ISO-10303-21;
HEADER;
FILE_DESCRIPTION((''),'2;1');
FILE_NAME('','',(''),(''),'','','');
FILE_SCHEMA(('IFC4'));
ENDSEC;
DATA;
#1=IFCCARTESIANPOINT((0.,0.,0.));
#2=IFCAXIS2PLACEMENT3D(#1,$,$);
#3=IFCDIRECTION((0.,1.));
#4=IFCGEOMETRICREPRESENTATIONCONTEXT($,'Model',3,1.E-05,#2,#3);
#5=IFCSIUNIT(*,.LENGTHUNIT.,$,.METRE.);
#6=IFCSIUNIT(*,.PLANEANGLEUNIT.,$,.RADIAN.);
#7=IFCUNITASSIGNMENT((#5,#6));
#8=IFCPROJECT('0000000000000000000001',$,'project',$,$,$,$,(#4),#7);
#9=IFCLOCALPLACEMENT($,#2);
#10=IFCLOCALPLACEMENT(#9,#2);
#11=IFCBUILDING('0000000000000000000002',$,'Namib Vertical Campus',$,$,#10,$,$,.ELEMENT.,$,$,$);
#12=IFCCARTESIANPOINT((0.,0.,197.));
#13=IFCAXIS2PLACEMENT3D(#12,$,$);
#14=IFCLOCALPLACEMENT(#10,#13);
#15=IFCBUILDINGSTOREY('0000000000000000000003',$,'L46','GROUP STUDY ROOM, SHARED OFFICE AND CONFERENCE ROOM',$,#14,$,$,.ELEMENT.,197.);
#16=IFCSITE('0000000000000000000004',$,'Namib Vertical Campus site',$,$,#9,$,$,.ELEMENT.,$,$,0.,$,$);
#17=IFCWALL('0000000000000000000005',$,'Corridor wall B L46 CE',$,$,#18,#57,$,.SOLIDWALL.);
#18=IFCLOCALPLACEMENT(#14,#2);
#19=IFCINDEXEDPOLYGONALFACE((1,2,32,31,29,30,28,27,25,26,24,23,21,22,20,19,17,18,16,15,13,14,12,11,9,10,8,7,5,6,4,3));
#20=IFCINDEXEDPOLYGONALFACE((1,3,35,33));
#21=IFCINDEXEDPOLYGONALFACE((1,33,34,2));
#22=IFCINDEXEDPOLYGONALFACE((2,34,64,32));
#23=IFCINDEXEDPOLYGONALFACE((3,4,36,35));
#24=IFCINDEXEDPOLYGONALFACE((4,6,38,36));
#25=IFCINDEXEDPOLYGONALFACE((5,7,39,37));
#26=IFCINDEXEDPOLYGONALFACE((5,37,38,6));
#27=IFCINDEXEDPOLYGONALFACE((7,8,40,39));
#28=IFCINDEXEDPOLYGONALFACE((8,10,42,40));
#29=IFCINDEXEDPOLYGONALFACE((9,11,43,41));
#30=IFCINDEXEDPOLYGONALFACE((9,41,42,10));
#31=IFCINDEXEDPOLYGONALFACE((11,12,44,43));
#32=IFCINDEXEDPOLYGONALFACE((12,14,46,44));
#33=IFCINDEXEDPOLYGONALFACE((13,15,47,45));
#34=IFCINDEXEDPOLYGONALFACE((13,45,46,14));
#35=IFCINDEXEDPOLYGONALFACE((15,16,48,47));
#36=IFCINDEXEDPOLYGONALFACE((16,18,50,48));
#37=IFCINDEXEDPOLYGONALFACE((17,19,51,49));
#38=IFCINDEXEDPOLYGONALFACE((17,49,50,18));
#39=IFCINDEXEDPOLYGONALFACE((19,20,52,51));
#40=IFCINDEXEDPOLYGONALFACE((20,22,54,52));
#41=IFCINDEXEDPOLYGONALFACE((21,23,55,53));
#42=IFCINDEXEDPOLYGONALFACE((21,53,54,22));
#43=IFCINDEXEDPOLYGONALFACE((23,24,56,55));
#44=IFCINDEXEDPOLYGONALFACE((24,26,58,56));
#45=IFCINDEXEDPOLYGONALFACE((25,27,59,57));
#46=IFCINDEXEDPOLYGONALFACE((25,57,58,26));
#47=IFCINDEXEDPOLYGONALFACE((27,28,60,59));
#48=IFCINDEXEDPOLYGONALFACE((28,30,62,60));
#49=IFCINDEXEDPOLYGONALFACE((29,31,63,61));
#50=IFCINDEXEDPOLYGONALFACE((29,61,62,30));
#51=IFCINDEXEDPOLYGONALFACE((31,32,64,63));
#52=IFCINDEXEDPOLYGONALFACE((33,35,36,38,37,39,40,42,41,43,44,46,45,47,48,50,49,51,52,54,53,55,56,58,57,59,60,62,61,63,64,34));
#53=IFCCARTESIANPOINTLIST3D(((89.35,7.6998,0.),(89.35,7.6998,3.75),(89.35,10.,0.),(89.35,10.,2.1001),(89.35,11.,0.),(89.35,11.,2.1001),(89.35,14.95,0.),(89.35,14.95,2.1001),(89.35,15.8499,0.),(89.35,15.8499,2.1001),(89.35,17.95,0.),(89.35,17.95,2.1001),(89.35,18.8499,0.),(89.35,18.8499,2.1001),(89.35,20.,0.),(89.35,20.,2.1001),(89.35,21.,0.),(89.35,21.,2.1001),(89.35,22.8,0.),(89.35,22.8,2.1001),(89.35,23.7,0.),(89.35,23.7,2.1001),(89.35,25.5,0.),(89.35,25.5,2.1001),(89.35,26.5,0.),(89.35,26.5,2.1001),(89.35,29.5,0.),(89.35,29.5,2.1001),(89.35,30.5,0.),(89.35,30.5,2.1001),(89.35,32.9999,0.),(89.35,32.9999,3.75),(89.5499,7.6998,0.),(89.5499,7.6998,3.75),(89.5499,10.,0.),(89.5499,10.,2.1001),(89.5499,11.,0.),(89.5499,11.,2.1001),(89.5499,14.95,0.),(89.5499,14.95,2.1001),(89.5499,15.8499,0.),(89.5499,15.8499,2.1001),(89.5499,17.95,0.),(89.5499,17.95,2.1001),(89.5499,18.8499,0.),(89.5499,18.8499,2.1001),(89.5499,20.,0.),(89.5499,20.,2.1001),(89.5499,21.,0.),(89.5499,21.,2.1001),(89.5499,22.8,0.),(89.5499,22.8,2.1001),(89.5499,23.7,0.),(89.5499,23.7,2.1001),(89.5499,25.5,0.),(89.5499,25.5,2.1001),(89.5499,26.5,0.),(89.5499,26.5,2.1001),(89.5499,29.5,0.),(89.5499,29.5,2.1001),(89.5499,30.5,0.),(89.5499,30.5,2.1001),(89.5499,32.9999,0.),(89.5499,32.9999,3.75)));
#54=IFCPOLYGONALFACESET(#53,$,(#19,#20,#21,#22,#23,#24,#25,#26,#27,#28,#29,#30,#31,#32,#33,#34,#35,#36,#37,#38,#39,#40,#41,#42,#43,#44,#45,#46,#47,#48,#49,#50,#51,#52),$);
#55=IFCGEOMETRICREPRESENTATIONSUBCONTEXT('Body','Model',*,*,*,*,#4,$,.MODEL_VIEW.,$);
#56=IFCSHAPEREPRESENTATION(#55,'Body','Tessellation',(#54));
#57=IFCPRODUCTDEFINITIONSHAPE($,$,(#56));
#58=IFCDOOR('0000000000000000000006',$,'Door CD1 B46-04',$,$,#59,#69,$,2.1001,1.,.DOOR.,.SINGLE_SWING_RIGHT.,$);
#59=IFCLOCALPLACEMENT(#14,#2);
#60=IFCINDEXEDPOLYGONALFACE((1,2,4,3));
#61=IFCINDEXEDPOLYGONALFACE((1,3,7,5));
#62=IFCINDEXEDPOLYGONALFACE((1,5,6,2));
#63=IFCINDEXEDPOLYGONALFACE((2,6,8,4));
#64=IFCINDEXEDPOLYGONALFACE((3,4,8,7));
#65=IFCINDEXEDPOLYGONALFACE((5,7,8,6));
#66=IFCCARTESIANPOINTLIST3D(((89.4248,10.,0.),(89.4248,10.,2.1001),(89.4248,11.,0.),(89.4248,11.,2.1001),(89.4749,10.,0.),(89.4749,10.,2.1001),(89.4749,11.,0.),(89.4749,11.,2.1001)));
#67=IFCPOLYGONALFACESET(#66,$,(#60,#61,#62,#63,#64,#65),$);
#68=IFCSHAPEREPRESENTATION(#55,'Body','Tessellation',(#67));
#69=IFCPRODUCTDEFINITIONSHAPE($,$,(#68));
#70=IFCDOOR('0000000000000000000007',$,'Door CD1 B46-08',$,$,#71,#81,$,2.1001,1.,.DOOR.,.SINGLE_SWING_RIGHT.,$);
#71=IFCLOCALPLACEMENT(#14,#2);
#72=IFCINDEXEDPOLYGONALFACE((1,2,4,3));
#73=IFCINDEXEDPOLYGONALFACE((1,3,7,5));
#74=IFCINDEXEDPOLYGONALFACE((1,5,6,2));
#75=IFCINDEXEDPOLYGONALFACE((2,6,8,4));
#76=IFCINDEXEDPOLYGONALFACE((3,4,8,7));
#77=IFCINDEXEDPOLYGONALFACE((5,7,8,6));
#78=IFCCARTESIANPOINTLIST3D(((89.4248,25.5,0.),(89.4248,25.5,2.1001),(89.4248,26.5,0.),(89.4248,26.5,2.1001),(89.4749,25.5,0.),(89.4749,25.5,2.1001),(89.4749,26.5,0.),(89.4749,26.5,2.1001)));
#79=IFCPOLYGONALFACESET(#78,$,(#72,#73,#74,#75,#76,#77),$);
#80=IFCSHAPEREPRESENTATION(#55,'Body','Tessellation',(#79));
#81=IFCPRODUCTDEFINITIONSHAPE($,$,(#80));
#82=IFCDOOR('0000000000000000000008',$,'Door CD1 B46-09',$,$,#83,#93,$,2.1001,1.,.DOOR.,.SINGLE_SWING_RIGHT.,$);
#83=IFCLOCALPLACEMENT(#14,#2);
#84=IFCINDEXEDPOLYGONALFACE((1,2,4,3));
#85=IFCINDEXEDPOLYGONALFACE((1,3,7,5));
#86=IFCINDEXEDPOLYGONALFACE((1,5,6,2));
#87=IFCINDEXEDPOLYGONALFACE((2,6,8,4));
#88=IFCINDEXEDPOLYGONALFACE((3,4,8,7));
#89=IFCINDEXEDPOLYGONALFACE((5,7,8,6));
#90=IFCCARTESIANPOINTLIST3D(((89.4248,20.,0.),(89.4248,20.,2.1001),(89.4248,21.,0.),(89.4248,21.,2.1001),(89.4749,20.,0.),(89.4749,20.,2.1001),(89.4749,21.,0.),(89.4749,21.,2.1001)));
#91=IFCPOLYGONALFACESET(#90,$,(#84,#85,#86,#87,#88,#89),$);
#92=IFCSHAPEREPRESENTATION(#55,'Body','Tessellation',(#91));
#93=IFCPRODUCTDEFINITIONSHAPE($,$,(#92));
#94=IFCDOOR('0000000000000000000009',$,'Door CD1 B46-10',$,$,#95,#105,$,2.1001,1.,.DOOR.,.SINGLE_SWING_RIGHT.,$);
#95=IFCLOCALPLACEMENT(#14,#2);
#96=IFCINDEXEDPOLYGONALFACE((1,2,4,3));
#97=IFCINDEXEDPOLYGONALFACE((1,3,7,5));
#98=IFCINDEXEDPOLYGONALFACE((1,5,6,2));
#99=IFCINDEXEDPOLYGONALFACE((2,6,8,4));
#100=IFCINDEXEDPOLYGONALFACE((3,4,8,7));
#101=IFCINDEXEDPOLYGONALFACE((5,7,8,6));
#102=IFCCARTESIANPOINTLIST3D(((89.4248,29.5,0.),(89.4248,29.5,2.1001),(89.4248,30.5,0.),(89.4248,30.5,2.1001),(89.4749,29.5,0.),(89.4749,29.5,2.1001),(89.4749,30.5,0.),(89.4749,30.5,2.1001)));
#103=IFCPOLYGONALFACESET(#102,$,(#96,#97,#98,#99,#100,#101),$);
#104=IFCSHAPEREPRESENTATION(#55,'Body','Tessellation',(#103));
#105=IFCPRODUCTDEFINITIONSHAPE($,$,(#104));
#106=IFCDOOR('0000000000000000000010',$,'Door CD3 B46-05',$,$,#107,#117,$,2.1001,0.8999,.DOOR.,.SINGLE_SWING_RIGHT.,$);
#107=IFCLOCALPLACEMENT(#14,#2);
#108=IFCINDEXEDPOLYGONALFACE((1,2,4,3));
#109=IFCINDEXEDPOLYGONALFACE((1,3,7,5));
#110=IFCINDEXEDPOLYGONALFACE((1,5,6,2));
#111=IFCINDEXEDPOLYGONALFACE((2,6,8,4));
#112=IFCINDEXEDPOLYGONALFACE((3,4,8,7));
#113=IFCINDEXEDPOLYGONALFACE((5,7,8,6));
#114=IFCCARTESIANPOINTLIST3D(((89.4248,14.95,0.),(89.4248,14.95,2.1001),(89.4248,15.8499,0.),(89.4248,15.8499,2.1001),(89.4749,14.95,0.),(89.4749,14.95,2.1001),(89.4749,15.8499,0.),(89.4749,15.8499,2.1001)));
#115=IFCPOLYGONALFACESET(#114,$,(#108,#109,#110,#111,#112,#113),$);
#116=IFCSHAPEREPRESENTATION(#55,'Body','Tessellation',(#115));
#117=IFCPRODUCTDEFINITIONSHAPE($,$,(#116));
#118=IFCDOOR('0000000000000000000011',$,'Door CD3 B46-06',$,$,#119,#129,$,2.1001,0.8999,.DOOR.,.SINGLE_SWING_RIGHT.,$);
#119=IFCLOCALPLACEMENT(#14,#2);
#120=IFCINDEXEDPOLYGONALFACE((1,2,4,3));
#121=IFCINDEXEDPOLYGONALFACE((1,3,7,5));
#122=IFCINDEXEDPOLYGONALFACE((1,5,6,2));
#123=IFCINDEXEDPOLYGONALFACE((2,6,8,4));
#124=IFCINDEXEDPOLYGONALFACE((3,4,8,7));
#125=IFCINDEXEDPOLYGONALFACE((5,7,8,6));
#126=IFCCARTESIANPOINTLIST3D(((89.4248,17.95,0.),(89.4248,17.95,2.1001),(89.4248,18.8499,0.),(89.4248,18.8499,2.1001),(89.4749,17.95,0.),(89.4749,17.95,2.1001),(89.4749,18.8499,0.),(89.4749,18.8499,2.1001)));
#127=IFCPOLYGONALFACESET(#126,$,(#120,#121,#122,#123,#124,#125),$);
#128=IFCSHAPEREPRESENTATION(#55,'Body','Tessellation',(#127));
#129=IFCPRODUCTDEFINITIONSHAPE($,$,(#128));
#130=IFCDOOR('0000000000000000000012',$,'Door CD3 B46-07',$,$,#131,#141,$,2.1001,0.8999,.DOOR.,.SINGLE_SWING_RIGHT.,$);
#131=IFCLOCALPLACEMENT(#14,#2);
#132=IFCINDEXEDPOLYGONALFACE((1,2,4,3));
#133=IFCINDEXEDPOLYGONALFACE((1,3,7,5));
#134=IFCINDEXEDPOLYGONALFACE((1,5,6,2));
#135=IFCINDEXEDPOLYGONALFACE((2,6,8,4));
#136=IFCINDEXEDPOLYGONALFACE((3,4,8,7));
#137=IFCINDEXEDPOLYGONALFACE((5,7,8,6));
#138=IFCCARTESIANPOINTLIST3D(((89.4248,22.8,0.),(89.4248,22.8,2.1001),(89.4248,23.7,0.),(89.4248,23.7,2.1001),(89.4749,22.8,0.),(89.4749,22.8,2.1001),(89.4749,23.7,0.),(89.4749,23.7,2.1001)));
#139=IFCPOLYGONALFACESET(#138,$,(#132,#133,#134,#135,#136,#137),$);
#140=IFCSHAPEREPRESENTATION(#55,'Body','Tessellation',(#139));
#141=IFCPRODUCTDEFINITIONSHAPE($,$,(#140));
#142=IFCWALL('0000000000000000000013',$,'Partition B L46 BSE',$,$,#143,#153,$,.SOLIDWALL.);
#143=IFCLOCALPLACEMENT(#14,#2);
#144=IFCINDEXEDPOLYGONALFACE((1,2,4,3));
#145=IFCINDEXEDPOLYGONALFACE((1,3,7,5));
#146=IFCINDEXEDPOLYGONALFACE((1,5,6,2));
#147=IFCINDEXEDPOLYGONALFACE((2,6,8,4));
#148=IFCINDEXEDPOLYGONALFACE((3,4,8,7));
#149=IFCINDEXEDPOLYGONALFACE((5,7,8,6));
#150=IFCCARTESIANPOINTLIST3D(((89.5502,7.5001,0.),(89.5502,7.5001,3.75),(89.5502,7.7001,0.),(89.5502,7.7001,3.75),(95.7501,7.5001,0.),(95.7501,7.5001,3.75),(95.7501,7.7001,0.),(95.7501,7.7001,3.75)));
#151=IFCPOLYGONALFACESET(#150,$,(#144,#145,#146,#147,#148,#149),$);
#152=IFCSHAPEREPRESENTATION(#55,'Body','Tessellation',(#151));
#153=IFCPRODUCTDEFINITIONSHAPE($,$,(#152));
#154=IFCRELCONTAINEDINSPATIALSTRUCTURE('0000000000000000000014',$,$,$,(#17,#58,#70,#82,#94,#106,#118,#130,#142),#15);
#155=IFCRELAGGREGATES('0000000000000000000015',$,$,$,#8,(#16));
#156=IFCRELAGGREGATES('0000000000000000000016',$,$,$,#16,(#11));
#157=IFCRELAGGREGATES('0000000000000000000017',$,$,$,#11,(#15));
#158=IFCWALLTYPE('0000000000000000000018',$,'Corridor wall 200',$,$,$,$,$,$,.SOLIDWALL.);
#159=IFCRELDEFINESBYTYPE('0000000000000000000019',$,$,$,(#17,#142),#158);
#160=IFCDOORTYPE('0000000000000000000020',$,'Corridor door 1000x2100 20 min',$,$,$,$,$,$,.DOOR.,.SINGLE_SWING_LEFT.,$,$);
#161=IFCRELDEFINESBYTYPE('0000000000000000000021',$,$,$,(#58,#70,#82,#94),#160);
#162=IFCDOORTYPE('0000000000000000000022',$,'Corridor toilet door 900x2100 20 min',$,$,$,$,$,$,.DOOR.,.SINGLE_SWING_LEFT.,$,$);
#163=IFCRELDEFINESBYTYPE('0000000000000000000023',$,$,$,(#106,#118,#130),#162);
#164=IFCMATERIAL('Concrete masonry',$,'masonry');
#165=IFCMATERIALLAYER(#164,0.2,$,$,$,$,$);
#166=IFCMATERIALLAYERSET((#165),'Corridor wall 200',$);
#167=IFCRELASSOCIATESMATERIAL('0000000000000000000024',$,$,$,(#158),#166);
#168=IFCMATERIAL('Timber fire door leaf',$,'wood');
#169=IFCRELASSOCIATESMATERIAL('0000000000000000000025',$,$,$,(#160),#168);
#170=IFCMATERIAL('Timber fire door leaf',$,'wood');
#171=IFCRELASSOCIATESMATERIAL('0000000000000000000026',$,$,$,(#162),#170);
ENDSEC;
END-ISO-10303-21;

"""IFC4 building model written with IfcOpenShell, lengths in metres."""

from ifc_helpers import new_model, si_unit, direction, frame, frame_2d, origin, place, context, subcontext, project, spatial, rectangle, extrude, material, layer, layer_set, type_object, element, fill, save


model = new_model("IFC4")

# Units and contexts
model_context = context("Model", 3, precision=1e-05, world=origin(), true_north=direction((0.0, 1.0)))
body_context = subcontext(model_context, "Body", "Model", "MODEL_VIEW")
ifc_project = project(units=[si_unit("LENGTHUNIT", "METRE"), si_unit("PLANEANGLEUNIT", "RADIAN")], contexts=[model_context])

# Site, building, storey
site_placement = place(None, origin())
site = spatial("IfcSite", under=ifc_project, at=site_placement, Name="Namib Vertical Campus site", CompositionType="ELEMENT", RefElevation=0.0)
building_placement = place(site_placement, origin())
building = spatial("IfcBuilding", under=site, at=building_placement, Name="Namib Vertical Campus", CompositionType="ELEMENT")
storey_placement = place(building_placement, frame((0.0, 0.0, 197.0)))
storey = spatial("IfcBuildingStorey", under=building, at=storey_placement, Name="L46", Description="GROUP STUDY ROOM, SHARED OFFICE AND CONFERENCE ROOM", CompositionType="ELEMENT", Elevation=197.0)

# Wall, openings, doors
ifc_material_1 = material(Name="Concrete masonry", Category="masonry")
ifc_layer_1 = layer(ifc_material_1, 0.2)
ifc_layer_set_1 = layer_set([ifc_layer_1], Name="Corridor wall 200")
wall_type_1 = type_object("IfcWallType", Name="Corridor wall 200", PredefinedType="SOLIDWALL", material=ifc_layer_set_1)
wall_1_placement = place(storey_placement, frame((89.45, 7.7, 0.0), z_axis=(0.0, 0.0, 1.0), x_axis=(0.0, 1.0, 0.0)))
wall_1 = element("IfcWall", 1, at=wall_1_placement, inside=storey, type_object=wall_type_1, Name="Corridor wall B L46 CE", PredefinedType="SOLIDWALL", context=body_context, shape_type="SweptSolid", body=[
    extrude(rectangle(XDim=25.3, YDim=0.2, at=frame_2d((12.6499, 0.0))), origin(), (0.0, 0.0, 1.0), 3.75),
])
opening_1_placement = place(wall_1_placement, frame((2.3, 0.0, 0.0)))
opening_1 = element("IfcOpeningElement", 2, at=opening_1_placement, cuts=wall_1, PredefinedType="OPENING", context=body_context, shape_type="SweptSolid", body=[
    extrude(rectangle(XDim=1.0, YDim=2.1001, at=frame_2d((0.5, 1.05))), frame((0.0, 0.1099, 0.0), z_axis=(0.0, -1.0, 0.0), x_axis=(1.0, 0.0, 0.0)), (0.0, 0.0, 1.0), 0.22),
])
opening_2_placement = place(wall_1_placement, frame((7.25, 0.0, 0.0)))
opening_2 = element("IfcOpeningElement", 3, at=opening_2_placement, cuts=wall_1, PredefinedType="OPENING", context=body_context, shape_type="SweptSolid", body=[
    extrude(rectangle(XDim=0.8999, YDim=2.1001, at=frame_2d((0.45, 1.05))), frame((0.0, 0.1099, 0.0), z_axis=(0.0, -1.0, 0.0), x_axis=(1.0, 0.0, 0.0)), (0.0, 0.0, 1.0), 0.22),
])
opening_3_placement = place(wall_1_placement, frame((10.25, 0.0, 0.0)))
opening_3 = element("IfcOpeningElement", 4, at=opening_3_placement, cuts=wall_1, PredefinedType="OPENING", context=body_context, shape_type="SweptSolid", body=[
    extrude(rectangle(XDim=0.8999, YDim=2.1001, at=frame_2d((0.45, 1.05))), frame((0.0, 0.1099, 0.0), z_axis=(0.0, -1.0, 0.0), x_axis=(1.0, 0.0, 0.0)), (0.0, 0.0, 1.0), 0.22),
])
opening_4_placement = place(wall_1_placement, frame((15.1001, 0.0, 0.0)))
opening_4 = element("IfcOpeningElement", 5, at=opening_4_placement, cuts=wall_1, PredefinedType="OPENING", context=body_context, shape_type="SweptSolid", body=[
    extrude(rectangle(XDim=0.8999, YDim=2.1001, at=frame_2d((0.45, 1.05))), frame((0.0, 0.1099, 0.0), z_axis=(0.0, -1.0, 0.0), x_axis=(1.0, 0.0, 0.0)), (0.0, 0.0, 1.0), 0.22),
])
opening_5_placement = place(wall_1_placement, frame((17.8, 0.0, 0.0)))
opening_5 = element("IfcOpeningElement", 6, at=opening_5_placement, cuts=wall_1, PredefinedType="OPENING", context=body_context, shape_type="SweptSolid", body=[
    extrude(rectangle(XDim=1.0, YDim=2.1001, at=frame_2d((0.5, 1.05))), frame((0.0, 0.1099, 0.0), z_axis=(0.0, -1.0, 0.0), x_axis=(1.0, 0.0, 0.0)), (0.0, 0.0, 1.0), 0.22),
])
opening_6_placement = place(wall_1_placement, frame((12.3, 0.0, 0.0)))
opening_6 = element("IfcOpeningElement", 7, at=opening_6_placement, cuts=wall_1, PredefinedType="OPENING", context=body_context, shape_type="SweptSolid", body=[
    extrude(rectangle(XDim=1.0, YDim=2.1001, at=frame_2d((0.5, 1.05))), frame((0.0, 0.1099, 0.0), z_axis=(0.0, -1.0, 0.0), x_axis=(1.0, 0.0, 0.0)), (0.0, 0.0, 1.0), 0.22),
])
opening_7_placement = place(wall_1_placement, frame((21.8, 0.0, 0.0)))
opening_7 = element("IfcOpeningElement", 8, at=opening_7_placement, cuts=wall_1, PredefinedType="OPENING", context=body_context, shape_type="SweptSolid", body=[
    extrude(rectangle(XDim=1.0, YDim=2.1001, at=frame_2d((0.5, 1.05))), frame((0.0, 0.1099, 0.0), z_axis=(0.0, -1.0, 0.0), x_axis=(1.0, 0.0, 0.0)), (0.0, 0.0, 1.0), 0.22),
])
ifc_material_2 = material(Name="Timber fire door leaf", Category="wood")
door_type_1 = type_object("IfcDoorType", Name="Corridor door 1000x2100 20 min", OperationType="SINGLE_SWING_LEFT", PredefinedType="DOOR", material=ifc_material_2)
door_1_placement = place(opening_1_placement, frame((1.0, 0.0, 0.0), z_axis=(0.0, 0.0, 1.0), x_axis=(-1.0, 0.0, 0.0)))
door_1 = element("IfcDoor", 9, at=door_1_placement, inside=storey, type_object=door_type_1, Name="Door CD1 B46-04", OperationType="SINGLE_SWING_RIGHT", OverallHeight=2.1001, OverallWidth=1.0, PredefinedType="DOOR", context=body_context, shape_type="SweptSolid", body=[
    extrude(rectangle(XDim=1.0, YDim=2.1001, at=frame_2d((0.5, 1.05))), frame((0.0, 0.0249, 0.0), z_axis=(0.0, -1.0, 0.0), x_axis=(1.0, 0.0, 0.0)), (0.0, 0.0, 1.0), 0.05),
])
fill(opening_1, door_1)
door_2_placement = place(opening_5_placement, frame((1.0, 0.0, 0.0), z_axis=(0.0, 0.0, 1.0), x_axis=(-1.0, 0.0, 0.0)))
door_2 = element("IfcDoor", 10, at=door_2_placement, inside=storey, type_object=door_type_1, Name="Door CD1 B46-08", OperationType="SINGLE_SWING_RIGHT", OverallHeight=2.1001, OverallWidth=1.0, PredefinedType="DOOR", context=body_context, shape_type="SweptSolid", body=[
    extrude(rectangle(XDim=1.0, YDim=2.1001, at=frame_2d((0.5, 1.05))), frame((0.0, 0.0249, 0.0), z_axis=(0.0, -1.0, 0.0), x_axis=(1.0, 0.0, 0.0)), (0.0, 0.0, 1.0), 0.05),
])
fill(opening_5, door_2)
door_3_placement = place(opening_6_placement, frame((1.0, 0.0, 0.0), z_axis=(0.0, 0.0, 1.0), x_axis=(-1.0, 0.0, 0.0)))
door_3 = element("IfcDoor", 11, at=door_3_placement, inside=storey, type_object=door_type_1, Name="Door CD1 B46-09", OperationType="SINGLE_SWING_RIGHT", OverallHeight=2.1001, OverallWidth=1.0, PredefinedType="DOOR", context=body_context, shape_type="SweptSolid", body=[
    extrude(rectangle(XDim=1.0, YDim=2.1001, at=frame_2d((0.5, 1.05))), frame((0.0, 0.0249, 0.0), z_axis=(0.0, -1.0, 0.0), x_axis=(1.0, 0.0, 0.0)), (0.0, 0.0, 1.0), 0.05),
])
fill(opening_6, door_3)
door_4_placement = place(opening_7_placement, frame((1.0, 0.0, 0.0), z_axis=(0.0, 0.0, 1.0), x_axis=(-1.0, 0.0, 0.0)))
door_4 = element("IfcDoor", 12, at=door_4_placement, inside=storey, type_object=door_type_1, Name="Door CD1 B46-10", OperationType="SINGLE_SWING_RIGHT", OverallHeight=2.1001, OverallWidth=1.0, PredefinedType="DOOR", context=body_context, shape_type="SweptSolid", body=[
    extrude(rectangle(XDim=1.0, YDim=2.1001, at=frame_2d((0.5, 1.05))), frame((0.0, 0.0249, 0.0), z_axis=(0.0, -1.0, 0.0), x_axis=(1.0, 0.0, 0.0)), (0.0, 0.0, 1.0), 0.05),
])
fill(opening_7, door_4)
ifc_material_3 = material(Name="Timber fire door leaf", Category="wood")
door_type_2 = type_object("IfcDoorType", Name="Corridor toilet door 900x2100 20 min", OperationType="SINGLE_SWING_LEFT", PredefinedType="DOOR", material=ifc_material_3)
door_5_placement = place(opening_2_placement, frame((0.8999, 0.0, 0.0), z_axis=(0.0, 0.0, 1.0), x_axis=(-1.0, 0.0, 0.0)))
door_5 = element("IfcDoor", 13, at=door_5_placement, inside=storey, type_object=door_type_2, Name="Door CD3 B46-05", OperationType="SINGLE_SWING_RIGHT", OverallHeight=2.1001, OverallWidth=0.8999, PredefinedType="DOOR", context=body_context, shape_type="SweptSolid", body=[
    extrude(rectangle(XDim=0.8999, YDim=2.1001, at=frame_2d((0.45, 1.05))), frame((0.0, 0.0249, 0.0), z_axis=(0.0, -1.0, 0.0), x_axis=(1.0, 0.0, 0.0)), (0.0, 0.0, 1.0), 0.05),
])
fill(opening_2, door_5)
door_6_placement = place(opening_3_placement, frame((0.8999, 0.0, 0.0), z_axis=(0.0, 0.0, 1.0), x_axis=(-1.0, 0.0, 0.0)))
door_6 = element("IfcDoor", 14, at=door_6_placement, inside=storey, type_object=door_type_2, Name="Door CD3 B46-06", OperationType="SINGLE_SWING_RIGHT", OverallHeight=2.1001, OverallWidth=0.8999, PredefinedType="DOOR", context=body_context, shape_type="SweptSolid", body=[
    extrude(rectangle(XDim=0.8999, YDim=2.1001, at=frame_2d((0.45, 1.05))), frame((0.0, 0.0249, 0.0), z_axis=(0.0, -1.0, 0.0), x_axis=(1.0, 0.0, 0.0)), (0.0, 0.0, 1.0), 0.05),
])
fill(opening_3, door_6)
door_7_placement = place(opening_4_placement, frame((0.8999, 0.0, 0.0), z_axis=(0.0, 0.0, 1.0), x_axis=(-1.0, 0.0, 0.0)))
door_7 = element("IfcDoor", 15, at=door_7_placement, inside=storey, type_object=door_type_2, Name="Door CD3 B46-07", OperationType="SINGLE_SWING_RIGHT", OverallHeight=2.1001, OverallWidth=0.8999, PredefinedType="DOOR", context=body_context, shape_type="SweptSolid", body=[
    extrude(rectangle(XDim=0.8999, YDim=2.1001, at=frame_2d((0.45, 1.05))), frame((0.0, 0.0249, 0.0), z_axis=(0.0, -1.0, 0.0), x_axis=(1.0, 0.0, 0.0)), (0.0, 0.0, 1.0), 0.05),
])
fill(opening_4, door_7)

# Wall
wall_2_placement = place(storey_placement, frame((89.55, 7.6001, 0.0), z_axis=(0.0, 0.0, 1.0), x_axis=(1.0, 0.0, 0.0)))
element("IfcWall", 16, at=wall_2_placement, inside=storey, type_object=wall_type_1, Name="Partition B L46 BSE", PredefinedType="SOLIDWALL", context=body_context, shape_type="SweptSolid", body=[
    extrude(rectangle(XDim=6.2, YDim=0.2, at=frame_2d((3.1001, 0.0))), origin(), (0.0, 0.0, 1.0), 3.75),
])

save(model, "model.ifc")
